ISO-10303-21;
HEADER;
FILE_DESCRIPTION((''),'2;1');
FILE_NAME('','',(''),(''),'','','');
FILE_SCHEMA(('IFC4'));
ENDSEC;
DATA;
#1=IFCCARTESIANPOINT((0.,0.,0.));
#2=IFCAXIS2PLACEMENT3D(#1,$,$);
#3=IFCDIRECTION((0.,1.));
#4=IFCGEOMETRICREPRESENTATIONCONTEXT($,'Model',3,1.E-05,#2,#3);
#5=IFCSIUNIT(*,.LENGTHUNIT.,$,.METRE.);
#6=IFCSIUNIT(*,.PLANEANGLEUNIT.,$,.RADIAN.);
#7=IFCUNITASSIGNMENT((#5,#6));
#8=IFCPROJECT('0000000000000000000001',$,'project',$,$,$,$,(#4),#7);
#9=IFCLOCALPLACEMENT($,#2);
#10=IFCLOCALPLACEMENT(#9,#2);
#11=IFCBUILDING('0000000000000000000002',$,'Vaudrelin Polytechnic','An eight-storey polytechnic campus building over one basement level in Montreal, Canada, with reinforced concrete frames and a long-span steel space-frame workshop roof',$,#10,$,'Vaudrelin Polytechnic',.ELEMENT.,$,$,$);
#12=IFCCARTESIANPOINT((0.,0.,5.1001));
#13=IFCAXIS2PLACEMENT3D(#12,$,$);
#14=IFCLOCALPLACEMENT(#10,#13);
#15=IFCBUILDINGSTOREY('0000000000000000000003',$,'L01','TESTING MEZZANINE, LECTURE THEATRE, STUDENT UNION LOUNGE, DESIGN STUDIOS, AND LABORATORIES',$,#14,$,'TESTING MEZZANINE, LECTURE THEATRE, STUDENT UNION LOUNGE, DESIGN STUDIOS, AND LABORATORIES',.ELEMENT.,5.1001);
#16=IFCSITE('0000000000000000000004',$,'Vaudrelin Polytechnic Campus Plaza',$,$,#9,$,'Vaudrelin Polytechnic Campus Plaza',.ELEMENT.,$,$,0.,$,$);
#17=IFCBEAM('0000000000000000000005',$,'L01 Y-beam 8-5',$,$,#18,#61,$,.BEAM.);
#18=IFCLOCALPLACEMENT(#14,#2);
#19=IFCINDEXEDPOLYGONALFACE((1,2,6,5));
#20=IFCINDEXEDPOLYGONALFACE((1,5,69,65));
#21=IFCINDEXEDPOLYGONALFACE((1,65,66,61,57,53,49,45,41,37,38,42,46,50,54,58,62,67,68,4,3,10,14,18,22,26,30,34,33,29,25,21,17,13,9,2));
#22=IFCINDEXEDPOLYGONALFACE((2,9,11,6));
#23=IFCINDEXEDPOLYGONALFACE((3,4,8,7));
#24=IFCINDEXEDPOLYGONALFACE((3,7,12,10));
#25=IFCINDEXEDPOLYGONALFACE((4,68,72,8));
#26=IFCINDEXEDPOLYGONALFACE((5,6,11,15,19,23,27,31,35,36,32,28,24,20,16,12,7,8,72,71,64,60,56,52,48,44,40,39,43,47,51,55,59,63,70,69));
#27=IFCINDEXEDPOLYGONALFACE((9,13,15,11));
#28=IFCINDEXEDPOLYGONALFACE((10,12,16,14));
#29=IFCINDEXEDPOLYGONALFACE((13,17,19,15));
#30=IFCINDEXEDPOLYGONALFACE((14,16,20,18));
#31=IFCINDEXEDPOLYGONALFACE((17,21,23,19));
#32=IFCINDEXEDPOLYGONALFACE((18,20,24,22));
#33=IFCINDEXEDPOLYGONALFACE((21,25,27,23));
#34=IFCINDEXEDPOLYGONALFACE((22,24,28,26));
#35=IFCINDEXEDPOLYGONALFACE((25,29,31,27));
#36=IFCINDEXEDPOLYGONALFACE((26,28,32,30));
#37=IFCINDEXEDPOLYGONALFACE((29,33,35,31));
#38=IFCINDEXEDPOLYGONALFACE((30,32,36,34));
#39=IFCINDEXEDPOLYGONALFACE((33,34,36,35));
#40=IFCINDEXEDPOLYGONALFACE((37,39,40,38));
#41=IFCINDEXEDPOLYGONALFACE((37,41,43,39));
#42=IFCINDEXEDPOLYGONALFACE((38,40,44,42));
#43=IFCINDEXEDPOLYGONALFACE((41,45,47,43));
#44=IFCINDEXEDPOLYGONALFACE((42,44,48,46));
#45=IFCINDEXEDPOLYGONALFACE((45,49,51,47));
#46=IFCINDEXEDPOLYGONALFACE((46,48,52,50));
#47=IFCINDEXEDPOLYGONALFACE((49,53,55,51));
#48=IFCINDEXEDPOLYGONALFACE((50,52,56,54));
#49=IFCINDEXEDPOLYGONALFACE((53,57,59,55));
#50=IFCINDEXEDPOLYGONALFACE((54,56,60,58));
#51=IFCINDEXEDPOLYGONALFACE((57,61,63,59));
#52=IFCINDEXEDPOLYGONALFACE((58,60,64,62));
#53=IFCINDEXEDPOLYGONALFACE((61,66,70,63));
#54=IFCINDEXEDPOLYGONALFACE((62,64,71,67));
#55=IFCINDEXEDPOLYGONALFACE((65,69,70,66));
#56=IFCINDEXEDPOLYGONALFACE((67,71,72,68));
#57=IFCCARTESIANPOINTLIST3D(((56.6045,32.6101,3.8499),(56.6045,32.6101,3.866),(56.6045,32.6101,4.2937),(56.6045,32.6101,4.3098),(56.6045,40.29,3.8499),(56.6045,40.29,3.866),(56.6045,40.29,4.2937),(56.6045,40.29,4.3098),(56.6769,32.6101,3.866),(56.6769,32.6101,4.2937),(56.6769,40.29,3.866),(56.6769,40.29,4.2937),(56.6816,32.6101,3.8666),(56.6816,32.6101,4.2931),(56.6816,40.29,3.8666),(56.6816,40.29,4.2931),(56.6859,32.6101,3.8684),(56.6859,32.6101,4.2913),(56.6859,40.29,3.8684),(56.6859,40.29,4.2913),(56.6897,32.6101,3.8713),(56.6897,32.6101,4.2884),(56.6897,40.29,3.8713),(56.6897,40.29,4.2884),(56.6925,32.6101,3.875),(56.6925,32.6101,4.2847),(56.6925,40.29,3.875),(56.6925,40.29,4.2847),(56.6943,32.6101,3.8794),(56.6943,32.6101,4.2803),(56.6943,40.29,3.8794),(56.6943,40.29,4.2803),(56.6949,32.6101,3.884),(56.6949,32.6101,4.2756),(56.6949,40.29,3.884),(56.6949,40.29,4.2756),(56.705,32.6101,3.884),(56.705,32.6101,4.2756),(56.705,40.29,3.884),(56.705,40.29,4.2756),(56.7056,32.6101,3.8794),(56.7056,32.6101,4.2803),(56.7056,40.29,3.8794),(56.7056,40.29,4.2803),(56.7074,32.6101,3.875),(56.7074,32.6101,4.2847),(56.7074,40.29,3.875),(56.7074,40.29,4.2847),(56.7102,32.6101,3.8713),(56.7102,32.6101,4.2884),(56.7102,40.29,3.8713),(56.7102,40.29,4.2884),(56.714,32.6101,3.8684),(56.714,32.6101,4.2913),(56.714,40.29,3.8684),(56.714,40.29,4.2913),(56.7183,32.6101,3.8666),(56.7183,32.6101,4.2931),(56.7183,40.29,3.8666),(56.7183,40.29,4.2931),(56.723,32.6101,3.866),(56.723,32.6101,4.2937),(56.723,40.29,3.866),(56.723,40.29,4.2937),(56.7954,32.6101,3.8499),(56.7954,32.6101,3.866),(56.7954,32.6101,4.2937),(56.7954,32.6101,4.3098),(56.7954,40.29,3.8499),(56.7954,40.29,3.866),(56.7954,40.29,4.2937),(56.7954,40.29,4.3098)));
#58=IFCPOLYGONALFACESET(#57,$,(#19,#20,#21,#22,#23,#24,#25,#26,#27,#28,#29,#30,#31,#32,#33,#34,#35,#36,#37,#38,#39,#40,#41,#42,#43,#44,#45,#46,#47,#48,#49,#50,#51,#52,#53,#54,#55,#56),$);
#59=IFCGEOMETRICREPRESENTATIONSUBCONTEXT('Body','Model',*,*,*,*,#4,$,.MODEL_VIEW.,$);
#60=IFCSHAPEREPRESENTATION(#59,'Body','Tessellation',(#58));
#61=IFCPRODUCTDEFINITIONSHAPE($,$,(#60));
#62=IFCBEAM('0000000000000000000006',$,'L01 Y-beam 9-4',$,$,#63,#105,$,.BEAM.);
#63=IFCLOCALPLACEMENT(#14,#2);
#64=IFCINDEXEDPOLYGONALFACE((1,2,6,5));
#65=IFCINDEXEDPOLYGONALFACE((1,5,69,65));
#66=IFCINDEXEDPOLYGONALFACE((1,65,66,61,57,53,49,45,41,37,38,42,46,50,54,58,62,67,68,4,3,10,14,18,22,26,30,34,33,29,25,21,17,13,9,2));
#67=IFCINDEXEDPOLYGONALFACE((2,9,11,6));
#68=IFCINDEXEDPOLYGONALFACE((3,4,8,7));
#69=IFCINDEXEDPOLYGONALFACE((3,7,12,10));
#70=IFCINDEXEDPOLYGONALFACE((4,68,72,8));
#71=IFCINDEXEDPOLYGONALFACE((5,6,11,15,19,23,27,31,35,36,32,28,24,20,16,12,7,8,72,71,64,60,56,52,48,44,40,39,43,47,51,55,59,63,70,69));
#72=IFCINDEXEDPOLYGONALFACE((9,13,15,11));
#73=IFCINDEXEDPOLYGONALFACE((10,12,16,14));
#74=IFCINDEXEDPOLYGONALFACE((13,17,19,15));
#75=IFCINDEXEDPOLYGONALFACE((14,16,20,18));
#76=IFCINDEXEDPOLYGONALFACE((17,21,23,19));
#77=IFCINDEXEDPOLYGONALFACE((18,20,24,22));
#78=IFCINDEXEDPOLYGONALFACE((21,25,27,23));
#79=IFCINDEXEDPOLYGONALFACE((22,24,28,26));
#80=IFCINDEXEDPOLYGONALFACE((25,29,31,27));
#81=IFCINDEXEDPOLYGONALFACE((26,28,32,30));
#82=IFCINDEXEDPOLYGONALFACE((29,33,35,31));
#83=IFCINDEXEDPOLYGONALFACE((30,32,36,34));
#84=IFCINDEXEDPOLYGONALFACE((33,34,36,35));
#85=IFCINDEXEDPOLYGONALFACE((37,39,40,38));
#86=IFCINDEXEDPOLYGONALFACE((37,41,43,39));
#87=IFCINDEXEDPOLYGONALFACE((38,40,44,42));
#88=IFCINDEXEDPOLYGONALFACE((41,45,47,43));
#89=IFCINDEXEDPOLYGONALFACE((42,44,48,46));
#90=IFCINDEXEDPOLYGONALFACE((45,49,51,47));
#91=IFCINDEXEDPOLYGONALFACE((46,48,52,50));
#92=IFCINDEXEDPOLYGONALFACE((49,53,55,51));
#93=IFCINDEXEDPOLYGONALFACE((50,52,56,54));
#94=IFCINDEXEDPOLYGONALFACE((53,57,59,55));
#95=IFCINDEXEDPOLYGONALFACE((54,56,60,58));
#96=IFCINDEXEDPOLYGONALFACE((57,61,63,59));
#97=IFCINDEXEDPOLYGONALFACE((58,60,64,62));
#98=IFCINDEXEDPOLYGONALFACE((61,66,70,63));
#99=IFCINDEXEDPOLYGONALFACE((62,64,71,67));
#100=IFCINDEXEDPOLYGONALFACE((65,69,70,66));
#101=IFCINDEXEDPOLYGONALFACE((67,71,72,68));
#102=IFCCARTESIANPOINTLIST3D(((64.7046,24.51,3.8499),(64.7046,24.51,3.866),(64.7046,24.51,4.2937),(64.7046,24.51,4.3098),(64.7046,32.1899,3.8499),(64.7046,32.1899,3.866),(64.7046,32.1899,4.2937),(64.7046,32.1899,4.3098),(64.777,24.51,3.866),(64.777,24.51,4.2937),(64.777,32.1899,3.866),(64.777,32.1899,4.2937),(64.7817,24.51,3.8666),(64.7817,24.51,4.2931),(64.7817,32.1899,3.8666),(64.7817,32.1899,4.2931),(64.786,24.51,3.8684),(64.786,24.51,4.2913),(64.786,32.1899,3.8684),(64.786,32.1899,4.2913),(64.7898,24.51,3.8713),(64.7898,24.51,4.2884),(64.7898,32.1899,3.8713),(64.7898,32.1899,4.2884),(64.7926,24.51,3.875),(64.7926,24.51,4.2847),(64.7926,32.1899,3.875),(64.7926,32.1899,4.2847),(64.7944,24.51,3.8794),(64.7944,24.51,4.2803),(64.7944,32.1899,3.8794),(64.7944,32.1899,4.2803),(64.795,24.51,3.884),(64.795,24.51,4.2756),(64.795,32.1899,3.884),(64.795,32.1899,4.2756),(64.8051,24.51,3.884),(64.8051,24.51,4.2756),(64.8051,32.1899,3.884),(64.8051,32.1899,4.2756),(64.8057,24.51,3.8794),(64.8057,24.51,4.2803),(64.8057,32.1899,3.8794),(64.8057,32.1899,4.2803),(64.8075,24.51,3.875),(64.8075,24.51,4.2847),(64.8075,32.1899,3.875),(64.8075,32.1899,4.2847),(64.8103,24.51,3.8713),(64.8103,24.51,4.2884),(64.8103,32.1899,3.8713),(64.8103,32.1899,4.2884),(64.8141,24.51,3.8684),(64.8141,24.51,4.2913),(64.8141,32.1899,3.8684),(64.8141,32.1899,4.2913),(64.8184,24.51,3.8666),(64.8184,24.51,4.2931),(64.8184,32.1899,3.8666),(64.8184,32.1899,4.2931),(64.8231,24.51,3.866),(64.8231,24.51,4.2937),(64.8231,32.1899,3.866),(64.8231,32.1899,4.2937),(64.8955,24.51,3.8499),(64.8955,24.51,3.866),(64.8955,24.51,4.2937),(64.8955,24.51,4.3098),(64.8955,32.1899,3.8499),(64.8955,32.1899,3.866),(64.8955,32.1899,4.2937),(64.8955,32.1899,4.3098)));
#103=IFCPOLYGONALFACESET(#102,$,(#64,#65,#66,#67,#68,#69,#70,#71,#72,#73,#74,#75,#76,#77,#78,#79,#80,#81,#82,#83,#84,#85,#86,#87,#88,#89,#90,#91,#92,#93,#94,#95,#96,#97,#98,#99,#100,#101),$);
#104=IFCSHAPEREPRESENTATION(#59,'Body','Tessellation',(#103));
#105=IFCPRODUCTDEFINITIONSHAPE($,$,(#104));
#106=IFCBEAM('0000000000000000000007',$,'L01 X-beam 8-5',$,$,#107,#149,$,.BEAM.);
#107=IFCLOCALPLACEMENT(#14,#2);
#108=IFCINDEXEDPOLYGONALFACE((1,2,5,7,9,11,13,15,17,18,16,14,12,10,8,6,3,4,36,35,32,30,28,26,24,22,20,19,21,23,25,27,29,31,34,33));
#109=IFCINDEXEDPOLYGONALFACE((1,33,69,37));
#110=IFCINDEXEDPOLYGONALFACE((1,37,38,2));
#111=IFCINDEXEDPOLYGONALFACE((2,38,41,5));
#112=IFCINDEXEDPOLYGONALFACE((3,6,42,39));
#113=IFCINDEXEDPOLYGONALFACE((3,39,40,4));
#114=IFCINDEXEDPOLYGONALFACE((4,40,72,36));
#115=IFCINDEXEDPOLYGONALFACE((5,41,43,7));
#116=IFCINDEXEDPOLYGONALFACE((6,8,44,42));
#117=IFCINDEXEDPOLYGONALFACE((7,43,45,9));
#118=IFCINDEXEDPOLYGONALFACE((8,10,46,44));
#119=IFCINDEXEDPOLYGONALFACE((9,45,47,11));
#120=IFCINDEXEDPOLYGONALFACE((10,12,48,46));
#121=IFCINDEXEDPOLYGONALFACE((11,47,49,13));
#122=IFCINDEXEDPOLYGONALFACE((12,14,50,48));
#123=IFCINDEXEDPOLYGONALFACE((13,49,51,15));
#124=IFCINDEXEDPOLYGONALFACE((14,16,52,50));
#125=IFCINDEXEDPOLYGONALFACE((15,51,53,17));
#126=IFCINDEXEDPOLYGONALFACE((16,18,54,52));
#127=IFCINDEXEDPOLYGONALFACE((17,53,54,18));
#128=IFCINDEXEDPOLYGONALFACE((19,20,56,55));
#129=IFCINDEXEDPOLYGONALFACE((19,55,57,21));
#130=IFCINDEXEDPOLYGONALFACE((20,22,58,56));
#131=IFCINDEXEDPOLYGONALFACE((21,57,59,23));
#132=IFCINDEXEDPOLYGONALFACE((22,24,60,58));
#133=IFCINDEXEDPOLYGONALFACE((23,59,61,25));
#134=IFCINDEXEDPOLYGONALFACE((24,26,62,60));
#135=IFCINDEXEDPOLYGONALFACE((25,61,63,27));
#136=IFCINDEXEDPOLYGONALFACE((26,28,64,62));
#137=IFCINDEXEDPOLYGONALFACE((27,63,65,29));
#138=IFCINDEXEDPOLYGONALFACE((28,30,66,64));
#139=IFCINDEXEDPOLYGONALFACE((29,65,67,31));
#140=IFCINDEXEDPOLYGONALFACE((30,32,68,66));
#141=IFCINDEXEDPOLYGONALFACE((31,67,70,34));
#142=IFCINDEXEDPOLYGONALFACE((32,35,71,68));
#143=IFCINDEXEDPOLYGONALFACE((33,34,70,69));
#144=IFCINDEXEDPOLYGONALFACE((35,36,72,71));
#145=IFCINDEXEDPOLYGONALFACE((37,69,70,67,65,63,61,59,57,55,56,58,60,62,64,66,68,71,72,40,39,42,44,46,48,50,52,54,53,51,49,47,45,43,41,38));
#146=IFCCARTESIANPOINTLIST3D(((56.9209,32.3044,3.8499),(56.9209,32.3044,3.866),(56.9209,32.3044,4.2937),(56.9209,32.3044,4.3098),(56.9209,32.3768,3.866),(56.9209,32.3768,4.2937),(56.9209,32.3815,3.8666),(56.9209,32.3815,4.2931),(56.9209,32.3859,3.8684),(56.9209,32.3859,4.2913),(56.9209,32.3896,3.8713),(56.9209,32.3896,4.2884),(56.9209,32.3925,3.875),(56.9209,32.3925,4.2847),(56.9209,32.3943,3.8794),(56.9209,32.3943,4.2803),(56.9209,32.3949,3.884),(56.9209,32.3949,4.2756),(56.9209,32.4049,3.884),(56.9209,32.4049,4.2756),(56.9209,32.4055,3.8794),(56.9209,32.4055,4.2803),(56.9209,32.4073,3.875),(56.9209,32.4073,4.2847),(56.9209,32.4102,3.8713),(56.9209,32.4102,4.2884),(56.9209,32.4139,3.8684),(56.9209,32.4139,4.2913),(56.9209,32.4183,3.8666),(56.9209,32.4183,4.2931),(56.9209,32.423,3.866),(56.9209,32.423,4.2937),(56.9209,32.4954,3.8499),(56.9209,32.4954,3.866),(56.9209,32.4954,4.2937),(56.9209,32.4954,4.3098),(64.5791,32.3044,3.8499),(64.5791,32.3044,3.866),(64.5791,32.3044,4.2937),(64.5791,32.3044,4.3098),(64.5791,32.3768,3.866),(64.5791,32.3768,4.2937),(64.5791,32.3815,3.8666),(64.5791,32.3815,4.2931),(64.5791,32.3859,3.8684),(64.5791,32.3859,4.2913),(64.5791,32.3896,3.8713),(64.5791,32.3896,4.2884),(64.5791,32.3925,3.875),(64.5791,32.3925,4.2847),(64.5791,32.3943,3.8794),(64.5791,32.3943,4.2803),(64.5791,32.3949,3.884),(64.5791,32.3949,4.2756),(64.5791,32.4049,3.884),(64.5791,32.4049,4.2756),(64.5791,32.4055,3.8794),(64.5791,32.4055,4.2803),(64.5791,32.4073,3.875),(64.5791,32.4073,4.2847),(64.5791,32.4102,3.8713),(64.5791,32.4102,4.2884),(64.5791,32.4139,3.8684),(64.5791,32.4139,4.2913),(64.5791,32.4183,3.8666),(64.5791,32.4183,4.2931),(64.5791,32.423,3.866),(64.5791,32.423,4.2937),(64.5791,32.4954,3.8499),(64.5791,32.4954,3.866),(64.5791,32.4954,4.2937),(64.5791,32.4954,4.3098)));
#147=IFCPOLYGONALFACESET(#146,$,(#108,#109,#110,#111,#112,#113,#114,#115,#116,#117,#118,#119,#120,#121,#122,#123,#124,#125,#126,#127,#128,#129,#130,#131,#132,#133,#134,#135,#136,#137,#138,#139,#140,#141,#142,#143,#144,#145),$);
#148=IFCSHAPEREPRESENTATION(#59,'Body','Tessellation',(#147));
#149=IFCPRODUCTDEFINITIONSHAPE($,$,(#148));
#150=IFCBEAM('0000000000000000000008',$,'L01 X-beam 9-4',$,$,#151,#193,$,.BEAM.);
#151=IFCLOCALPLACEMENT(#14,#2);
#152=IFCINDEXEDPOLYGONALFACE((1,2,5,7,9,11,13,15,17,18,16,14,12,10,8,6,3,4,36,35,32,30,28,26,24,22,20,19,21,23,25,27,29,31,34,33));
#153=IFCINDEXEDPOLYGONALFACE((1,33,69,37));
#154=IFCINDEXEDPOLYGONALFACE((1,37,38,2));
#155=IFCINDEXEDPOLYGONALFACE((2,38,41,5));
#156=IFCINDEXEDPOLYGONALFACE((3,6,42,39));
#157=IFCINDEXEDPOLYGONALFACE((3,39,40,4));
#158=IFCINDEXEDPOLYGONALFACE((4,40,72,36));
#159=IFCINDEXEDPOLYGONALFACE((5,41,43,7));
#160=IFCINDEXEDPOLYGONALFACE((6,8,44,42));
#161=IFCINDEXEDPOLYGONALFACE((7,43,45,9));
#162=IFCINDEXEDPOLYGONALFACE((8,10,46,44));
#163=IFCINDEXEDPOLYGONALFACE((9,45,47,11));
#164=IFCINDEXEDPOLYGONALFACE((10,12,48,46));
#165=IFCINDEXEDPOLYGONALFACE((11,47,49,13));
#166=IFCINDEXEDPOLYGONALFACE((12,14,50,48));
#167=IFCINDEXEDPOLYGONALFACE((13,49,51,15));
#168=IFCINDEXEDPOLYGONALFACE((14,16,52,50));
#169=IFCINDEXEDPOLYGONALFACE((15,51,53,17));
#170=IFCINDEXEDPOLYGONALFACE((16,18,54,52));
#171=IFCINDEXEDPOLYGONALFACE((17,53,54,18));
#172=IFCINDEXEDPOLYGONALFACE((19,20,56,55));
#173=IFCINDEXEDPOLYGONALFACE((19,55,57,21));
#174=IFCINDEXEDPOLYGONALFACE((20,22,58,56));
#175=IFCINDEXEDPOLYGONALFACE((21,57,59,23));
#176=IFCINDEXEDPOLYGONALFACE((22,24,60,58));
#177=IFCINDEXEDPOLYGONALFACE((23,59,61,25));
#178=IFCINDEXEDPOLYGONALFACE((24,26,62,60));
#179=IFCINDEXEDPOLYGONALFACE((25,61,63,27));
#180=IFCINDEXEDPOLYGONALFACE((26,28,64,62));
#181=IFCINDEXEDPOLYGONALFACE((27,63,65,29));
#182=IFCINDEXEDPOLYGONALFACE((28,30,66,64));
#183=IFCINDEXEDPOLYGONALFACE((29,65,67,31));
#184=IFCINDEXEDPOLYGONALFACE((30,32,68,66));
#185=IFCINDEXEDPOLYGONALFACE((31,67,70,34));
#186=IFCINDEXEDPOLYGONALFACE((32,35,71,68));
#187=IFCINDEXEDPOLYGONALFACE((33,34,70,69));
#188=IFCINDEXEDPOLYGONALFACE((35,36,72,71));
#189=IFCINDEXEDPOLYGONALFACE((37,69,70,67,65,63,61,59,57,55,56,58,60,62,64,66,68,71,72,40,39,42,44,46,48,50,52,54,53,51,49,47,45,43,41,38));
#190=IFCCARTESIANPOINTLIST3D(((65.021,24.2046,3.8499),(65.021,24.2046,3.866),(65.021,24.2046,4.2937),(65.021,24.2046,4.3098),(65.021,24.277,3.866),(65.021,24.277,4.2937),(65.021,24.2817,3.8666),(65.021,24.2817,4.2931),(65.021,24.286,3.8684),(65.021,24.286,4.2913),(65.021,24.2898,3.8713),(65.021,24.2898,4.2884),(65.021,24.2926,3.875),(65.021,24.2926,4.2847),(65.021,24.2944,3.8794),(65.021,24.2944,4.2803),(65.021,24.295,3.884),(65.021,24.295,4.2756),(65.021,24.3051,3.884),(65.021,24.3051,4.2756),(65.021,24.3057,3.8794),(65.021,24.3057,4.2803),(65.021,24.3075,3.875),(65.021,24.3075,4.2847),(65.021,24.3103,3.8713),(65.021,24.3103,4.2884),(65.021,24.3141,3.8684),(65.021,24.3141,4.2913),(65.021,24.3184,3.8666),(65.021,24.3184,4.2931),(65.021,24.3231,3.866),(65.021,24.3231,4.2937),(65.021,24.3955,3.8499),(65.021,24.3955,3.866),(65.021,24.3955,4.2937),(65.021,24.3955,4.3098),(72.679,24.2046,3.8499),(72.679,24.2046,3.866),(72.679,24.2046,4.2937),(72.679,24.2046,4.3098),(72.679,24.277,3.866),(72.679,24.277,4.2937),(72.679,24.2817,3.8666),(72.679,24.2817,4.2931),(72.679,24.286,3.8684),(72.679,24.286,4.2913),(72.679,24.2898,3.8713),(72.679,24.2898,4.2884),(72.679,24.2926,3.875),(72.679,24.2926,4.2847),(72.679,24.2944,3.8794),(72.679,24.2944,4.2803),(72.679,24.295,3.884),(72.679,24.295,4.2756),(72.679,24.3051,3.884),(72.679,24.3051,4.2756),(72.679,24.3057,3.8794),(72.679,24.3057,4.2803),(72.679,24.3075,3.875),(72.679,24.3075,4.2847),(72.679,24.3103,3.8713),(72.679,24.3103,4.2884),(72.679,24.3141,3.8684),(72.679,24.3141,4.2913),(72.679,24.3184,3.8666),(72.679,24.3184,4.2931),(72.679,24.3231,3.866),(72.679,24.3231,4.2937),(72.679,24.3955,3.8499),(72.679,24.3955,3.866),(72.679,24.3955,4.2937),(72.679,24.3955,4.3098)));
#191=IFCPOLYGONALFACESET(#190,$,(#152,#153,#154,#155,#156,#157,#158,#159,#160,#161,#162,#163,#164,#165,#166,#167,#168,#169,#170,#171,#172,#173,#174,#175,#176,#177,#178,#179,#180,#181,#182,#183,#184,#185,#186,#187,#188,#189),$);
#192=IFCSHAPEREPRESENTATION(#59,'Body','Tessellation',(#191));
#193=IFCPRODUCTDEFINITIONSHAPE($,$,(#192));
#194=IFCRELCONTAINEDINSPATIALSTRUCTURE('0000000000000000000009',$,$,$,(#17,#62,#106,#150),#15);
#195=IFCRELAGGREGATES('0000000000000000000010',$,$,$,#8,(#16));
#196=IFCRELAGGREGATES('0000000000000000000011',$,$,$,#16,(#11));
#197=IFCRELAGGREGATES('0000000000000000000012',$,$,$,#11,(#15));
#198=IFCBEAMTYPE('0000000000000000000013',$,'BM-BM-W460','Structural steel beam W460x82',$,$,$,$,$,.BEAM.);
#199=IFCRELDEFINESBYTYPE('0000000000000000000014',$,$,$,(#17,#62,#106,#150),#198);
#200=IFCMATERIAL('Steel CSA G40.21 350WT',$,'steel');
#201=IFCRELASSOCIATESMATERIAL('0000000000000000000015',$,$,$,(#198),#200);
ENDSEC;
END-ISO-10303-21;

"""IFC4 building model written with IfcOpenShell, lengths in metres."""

from ifc_helpers import new_model, si_unit, direction, frame, origin, origin_2d, place, context, subcontext, project, spatial, i_section, extrude, material, material_profile, profile_set, type_object, element, save


model = new_model("IFC4")

# Units and contexts
model_context = context("Model", 3, precision=1e-05, world=origin(), true_north=direction((0.0, 1.0)))
body_context = subcontext(model_context, "Body", "Model", "MODEL_VIEW")
ifc_project = project(units=[si_unit("LENGTHUNIT", "METRE"), si_unit("PLANEANGLEUNIT", "RADIAN")], contexts=[model_context])

# Site, building, storey
site_placement = place(None, origin())
site = spatial("IfcSite", under=ifc_project, at=site_placement, Name="Vaudrelin Polytechnic Campus Plaza", LongName="Vaudrelin Polytechnic Campus Plaza", CompositionType="ELEMENT", RefElevation=0.0)
building_placement = place(site_placement, origin())
building = spatial("IfcBuilding", under=site, at=building_placement, Name="Vaudrelin Polytechnic", Description="An eight-storey polytechnic campus building over one basement level in Montreal, Canada, with reinforced concrete frames and a long-span steel space-frame workshop roof", LongName="Vaudrelin Polytechnic", CompositionType="ELEMENT")
storey_placement = place(building_placement, frame((0.0, 0.0, 5.1001)))
storey = spatial("IfcBuildingStorey", under=building, at=storey_placement, Name="L01", Description="TESTING MEZZANINE, LECTURE THEATRE, STUDENT UNION LOUNGE, DESIGN STUDIOS, AND LABORATORIES", LongName="TESTING MEZZANINE, LECTURE THEATRE, STUDENT UNION LOUNGE, DESIGN STUDIOS, AND LABORATORIES", CompositionType="ELEMENT", Elevation=5.1001)

# Beams
ifc_material_1 = material(Name="Steel CSA G40.21 350WT", Category="steel")
ifc_material_profile_1 = material_profile(ifc_material_1, i_section(OverallWidth=0.1909, OverallDepth=0.46, WebThickness=0.01, FlangeThickness=0.0161, FilletRadius=0.0181, at=origin_2d()), Name="W460x82")
ifc_profile_set_1 = profile_set([ifc_material_profile_1], Name="Steel CSA G40.21 350WT")
beam_type_1 = type_object("IfcBeamType", Name="BM-BM-W460", Description="Structural steel beam W460x82", PredefinedType="BEAM", material=ifc_profile_set_1)
for number, where, z_axis, x_axis, name in (
    (1, (56.7, 32.6101, 4.0798), (0.0, 1.0, 0.0), (-1.0, 0.0, 0.0), "L01 Y-beam 8-5"),
    (2, (64.8, 24.51, 4.0798), (0.0, 1.0, 0.0), (-1.0, 0.0, 0.0), "L01 Y-beam 9-4"),
):
    element("IfcBeam", number, at=place(storey_placement, frame(where, z_axis=z_axis, x_axis=x_axis)), inside=storey, type_object=beam_type_1, Name=name, PredefinedType="BEAM", context=body_context, shape_type="SweptSolid", body=[
        extrude(i_section(OverallWidth=0.1909, OverallDepth=0.46, WebThickness=0.01, FlangeThickness=0.0161, FilletRadius=0.0181, at=origin_2d()), origin(), (0.0, 0.0, 1.0), 7.6799),
    ])
beam_1_placement = place(storey_placement, frame((56.9209, 32.3999, 4.0798), z_axis=(1.0, 0.0, 0.0), x_axis=(0.0, 1.0, 0.0)))
element("IfcBeam", 3, at=beam_1_placement, inside=storey, type_object=beam_type_1, Name="L01 X-beam 8-5", PredefinedType="BEAM", context=body_context, shape_type="SweptSolid", body=[
    extrude(i_section(OverallWidth=0.1909, OverallDepth=0.46, WebThickness=0.01, FlangeThickness=0.0161, FilletRadius=0.0181, at=origin_2d()), origin(), (0.0, 0.0, 1.0), 7.6582),
])
beam_2_placement = place(storey_placement, frame((65.021, 24.3, 4.0798), z_axis=(1.0, 0.0, 0.0), x_axis=(0.0, 1.0, 0.0)))
element("IfcBeam", 4, at=beam_2_placement, inside=storey, type_object=beam_type_1, Name="L01 X-beam 9-4", PredefinedType="BEAM", context=body_context, shape_type="SweptSolid", body=[
    extrude(i_section(OverallWidth=0.1909, OverallDepth=0.46, WebThickness=0.01, FlangeThickness=0.0161, FilletRadius=0.0181, at=origin_2d()), origin(), (0.0, 0.0, 1.0), 7.658),
])

save(model, "model.ifc")
